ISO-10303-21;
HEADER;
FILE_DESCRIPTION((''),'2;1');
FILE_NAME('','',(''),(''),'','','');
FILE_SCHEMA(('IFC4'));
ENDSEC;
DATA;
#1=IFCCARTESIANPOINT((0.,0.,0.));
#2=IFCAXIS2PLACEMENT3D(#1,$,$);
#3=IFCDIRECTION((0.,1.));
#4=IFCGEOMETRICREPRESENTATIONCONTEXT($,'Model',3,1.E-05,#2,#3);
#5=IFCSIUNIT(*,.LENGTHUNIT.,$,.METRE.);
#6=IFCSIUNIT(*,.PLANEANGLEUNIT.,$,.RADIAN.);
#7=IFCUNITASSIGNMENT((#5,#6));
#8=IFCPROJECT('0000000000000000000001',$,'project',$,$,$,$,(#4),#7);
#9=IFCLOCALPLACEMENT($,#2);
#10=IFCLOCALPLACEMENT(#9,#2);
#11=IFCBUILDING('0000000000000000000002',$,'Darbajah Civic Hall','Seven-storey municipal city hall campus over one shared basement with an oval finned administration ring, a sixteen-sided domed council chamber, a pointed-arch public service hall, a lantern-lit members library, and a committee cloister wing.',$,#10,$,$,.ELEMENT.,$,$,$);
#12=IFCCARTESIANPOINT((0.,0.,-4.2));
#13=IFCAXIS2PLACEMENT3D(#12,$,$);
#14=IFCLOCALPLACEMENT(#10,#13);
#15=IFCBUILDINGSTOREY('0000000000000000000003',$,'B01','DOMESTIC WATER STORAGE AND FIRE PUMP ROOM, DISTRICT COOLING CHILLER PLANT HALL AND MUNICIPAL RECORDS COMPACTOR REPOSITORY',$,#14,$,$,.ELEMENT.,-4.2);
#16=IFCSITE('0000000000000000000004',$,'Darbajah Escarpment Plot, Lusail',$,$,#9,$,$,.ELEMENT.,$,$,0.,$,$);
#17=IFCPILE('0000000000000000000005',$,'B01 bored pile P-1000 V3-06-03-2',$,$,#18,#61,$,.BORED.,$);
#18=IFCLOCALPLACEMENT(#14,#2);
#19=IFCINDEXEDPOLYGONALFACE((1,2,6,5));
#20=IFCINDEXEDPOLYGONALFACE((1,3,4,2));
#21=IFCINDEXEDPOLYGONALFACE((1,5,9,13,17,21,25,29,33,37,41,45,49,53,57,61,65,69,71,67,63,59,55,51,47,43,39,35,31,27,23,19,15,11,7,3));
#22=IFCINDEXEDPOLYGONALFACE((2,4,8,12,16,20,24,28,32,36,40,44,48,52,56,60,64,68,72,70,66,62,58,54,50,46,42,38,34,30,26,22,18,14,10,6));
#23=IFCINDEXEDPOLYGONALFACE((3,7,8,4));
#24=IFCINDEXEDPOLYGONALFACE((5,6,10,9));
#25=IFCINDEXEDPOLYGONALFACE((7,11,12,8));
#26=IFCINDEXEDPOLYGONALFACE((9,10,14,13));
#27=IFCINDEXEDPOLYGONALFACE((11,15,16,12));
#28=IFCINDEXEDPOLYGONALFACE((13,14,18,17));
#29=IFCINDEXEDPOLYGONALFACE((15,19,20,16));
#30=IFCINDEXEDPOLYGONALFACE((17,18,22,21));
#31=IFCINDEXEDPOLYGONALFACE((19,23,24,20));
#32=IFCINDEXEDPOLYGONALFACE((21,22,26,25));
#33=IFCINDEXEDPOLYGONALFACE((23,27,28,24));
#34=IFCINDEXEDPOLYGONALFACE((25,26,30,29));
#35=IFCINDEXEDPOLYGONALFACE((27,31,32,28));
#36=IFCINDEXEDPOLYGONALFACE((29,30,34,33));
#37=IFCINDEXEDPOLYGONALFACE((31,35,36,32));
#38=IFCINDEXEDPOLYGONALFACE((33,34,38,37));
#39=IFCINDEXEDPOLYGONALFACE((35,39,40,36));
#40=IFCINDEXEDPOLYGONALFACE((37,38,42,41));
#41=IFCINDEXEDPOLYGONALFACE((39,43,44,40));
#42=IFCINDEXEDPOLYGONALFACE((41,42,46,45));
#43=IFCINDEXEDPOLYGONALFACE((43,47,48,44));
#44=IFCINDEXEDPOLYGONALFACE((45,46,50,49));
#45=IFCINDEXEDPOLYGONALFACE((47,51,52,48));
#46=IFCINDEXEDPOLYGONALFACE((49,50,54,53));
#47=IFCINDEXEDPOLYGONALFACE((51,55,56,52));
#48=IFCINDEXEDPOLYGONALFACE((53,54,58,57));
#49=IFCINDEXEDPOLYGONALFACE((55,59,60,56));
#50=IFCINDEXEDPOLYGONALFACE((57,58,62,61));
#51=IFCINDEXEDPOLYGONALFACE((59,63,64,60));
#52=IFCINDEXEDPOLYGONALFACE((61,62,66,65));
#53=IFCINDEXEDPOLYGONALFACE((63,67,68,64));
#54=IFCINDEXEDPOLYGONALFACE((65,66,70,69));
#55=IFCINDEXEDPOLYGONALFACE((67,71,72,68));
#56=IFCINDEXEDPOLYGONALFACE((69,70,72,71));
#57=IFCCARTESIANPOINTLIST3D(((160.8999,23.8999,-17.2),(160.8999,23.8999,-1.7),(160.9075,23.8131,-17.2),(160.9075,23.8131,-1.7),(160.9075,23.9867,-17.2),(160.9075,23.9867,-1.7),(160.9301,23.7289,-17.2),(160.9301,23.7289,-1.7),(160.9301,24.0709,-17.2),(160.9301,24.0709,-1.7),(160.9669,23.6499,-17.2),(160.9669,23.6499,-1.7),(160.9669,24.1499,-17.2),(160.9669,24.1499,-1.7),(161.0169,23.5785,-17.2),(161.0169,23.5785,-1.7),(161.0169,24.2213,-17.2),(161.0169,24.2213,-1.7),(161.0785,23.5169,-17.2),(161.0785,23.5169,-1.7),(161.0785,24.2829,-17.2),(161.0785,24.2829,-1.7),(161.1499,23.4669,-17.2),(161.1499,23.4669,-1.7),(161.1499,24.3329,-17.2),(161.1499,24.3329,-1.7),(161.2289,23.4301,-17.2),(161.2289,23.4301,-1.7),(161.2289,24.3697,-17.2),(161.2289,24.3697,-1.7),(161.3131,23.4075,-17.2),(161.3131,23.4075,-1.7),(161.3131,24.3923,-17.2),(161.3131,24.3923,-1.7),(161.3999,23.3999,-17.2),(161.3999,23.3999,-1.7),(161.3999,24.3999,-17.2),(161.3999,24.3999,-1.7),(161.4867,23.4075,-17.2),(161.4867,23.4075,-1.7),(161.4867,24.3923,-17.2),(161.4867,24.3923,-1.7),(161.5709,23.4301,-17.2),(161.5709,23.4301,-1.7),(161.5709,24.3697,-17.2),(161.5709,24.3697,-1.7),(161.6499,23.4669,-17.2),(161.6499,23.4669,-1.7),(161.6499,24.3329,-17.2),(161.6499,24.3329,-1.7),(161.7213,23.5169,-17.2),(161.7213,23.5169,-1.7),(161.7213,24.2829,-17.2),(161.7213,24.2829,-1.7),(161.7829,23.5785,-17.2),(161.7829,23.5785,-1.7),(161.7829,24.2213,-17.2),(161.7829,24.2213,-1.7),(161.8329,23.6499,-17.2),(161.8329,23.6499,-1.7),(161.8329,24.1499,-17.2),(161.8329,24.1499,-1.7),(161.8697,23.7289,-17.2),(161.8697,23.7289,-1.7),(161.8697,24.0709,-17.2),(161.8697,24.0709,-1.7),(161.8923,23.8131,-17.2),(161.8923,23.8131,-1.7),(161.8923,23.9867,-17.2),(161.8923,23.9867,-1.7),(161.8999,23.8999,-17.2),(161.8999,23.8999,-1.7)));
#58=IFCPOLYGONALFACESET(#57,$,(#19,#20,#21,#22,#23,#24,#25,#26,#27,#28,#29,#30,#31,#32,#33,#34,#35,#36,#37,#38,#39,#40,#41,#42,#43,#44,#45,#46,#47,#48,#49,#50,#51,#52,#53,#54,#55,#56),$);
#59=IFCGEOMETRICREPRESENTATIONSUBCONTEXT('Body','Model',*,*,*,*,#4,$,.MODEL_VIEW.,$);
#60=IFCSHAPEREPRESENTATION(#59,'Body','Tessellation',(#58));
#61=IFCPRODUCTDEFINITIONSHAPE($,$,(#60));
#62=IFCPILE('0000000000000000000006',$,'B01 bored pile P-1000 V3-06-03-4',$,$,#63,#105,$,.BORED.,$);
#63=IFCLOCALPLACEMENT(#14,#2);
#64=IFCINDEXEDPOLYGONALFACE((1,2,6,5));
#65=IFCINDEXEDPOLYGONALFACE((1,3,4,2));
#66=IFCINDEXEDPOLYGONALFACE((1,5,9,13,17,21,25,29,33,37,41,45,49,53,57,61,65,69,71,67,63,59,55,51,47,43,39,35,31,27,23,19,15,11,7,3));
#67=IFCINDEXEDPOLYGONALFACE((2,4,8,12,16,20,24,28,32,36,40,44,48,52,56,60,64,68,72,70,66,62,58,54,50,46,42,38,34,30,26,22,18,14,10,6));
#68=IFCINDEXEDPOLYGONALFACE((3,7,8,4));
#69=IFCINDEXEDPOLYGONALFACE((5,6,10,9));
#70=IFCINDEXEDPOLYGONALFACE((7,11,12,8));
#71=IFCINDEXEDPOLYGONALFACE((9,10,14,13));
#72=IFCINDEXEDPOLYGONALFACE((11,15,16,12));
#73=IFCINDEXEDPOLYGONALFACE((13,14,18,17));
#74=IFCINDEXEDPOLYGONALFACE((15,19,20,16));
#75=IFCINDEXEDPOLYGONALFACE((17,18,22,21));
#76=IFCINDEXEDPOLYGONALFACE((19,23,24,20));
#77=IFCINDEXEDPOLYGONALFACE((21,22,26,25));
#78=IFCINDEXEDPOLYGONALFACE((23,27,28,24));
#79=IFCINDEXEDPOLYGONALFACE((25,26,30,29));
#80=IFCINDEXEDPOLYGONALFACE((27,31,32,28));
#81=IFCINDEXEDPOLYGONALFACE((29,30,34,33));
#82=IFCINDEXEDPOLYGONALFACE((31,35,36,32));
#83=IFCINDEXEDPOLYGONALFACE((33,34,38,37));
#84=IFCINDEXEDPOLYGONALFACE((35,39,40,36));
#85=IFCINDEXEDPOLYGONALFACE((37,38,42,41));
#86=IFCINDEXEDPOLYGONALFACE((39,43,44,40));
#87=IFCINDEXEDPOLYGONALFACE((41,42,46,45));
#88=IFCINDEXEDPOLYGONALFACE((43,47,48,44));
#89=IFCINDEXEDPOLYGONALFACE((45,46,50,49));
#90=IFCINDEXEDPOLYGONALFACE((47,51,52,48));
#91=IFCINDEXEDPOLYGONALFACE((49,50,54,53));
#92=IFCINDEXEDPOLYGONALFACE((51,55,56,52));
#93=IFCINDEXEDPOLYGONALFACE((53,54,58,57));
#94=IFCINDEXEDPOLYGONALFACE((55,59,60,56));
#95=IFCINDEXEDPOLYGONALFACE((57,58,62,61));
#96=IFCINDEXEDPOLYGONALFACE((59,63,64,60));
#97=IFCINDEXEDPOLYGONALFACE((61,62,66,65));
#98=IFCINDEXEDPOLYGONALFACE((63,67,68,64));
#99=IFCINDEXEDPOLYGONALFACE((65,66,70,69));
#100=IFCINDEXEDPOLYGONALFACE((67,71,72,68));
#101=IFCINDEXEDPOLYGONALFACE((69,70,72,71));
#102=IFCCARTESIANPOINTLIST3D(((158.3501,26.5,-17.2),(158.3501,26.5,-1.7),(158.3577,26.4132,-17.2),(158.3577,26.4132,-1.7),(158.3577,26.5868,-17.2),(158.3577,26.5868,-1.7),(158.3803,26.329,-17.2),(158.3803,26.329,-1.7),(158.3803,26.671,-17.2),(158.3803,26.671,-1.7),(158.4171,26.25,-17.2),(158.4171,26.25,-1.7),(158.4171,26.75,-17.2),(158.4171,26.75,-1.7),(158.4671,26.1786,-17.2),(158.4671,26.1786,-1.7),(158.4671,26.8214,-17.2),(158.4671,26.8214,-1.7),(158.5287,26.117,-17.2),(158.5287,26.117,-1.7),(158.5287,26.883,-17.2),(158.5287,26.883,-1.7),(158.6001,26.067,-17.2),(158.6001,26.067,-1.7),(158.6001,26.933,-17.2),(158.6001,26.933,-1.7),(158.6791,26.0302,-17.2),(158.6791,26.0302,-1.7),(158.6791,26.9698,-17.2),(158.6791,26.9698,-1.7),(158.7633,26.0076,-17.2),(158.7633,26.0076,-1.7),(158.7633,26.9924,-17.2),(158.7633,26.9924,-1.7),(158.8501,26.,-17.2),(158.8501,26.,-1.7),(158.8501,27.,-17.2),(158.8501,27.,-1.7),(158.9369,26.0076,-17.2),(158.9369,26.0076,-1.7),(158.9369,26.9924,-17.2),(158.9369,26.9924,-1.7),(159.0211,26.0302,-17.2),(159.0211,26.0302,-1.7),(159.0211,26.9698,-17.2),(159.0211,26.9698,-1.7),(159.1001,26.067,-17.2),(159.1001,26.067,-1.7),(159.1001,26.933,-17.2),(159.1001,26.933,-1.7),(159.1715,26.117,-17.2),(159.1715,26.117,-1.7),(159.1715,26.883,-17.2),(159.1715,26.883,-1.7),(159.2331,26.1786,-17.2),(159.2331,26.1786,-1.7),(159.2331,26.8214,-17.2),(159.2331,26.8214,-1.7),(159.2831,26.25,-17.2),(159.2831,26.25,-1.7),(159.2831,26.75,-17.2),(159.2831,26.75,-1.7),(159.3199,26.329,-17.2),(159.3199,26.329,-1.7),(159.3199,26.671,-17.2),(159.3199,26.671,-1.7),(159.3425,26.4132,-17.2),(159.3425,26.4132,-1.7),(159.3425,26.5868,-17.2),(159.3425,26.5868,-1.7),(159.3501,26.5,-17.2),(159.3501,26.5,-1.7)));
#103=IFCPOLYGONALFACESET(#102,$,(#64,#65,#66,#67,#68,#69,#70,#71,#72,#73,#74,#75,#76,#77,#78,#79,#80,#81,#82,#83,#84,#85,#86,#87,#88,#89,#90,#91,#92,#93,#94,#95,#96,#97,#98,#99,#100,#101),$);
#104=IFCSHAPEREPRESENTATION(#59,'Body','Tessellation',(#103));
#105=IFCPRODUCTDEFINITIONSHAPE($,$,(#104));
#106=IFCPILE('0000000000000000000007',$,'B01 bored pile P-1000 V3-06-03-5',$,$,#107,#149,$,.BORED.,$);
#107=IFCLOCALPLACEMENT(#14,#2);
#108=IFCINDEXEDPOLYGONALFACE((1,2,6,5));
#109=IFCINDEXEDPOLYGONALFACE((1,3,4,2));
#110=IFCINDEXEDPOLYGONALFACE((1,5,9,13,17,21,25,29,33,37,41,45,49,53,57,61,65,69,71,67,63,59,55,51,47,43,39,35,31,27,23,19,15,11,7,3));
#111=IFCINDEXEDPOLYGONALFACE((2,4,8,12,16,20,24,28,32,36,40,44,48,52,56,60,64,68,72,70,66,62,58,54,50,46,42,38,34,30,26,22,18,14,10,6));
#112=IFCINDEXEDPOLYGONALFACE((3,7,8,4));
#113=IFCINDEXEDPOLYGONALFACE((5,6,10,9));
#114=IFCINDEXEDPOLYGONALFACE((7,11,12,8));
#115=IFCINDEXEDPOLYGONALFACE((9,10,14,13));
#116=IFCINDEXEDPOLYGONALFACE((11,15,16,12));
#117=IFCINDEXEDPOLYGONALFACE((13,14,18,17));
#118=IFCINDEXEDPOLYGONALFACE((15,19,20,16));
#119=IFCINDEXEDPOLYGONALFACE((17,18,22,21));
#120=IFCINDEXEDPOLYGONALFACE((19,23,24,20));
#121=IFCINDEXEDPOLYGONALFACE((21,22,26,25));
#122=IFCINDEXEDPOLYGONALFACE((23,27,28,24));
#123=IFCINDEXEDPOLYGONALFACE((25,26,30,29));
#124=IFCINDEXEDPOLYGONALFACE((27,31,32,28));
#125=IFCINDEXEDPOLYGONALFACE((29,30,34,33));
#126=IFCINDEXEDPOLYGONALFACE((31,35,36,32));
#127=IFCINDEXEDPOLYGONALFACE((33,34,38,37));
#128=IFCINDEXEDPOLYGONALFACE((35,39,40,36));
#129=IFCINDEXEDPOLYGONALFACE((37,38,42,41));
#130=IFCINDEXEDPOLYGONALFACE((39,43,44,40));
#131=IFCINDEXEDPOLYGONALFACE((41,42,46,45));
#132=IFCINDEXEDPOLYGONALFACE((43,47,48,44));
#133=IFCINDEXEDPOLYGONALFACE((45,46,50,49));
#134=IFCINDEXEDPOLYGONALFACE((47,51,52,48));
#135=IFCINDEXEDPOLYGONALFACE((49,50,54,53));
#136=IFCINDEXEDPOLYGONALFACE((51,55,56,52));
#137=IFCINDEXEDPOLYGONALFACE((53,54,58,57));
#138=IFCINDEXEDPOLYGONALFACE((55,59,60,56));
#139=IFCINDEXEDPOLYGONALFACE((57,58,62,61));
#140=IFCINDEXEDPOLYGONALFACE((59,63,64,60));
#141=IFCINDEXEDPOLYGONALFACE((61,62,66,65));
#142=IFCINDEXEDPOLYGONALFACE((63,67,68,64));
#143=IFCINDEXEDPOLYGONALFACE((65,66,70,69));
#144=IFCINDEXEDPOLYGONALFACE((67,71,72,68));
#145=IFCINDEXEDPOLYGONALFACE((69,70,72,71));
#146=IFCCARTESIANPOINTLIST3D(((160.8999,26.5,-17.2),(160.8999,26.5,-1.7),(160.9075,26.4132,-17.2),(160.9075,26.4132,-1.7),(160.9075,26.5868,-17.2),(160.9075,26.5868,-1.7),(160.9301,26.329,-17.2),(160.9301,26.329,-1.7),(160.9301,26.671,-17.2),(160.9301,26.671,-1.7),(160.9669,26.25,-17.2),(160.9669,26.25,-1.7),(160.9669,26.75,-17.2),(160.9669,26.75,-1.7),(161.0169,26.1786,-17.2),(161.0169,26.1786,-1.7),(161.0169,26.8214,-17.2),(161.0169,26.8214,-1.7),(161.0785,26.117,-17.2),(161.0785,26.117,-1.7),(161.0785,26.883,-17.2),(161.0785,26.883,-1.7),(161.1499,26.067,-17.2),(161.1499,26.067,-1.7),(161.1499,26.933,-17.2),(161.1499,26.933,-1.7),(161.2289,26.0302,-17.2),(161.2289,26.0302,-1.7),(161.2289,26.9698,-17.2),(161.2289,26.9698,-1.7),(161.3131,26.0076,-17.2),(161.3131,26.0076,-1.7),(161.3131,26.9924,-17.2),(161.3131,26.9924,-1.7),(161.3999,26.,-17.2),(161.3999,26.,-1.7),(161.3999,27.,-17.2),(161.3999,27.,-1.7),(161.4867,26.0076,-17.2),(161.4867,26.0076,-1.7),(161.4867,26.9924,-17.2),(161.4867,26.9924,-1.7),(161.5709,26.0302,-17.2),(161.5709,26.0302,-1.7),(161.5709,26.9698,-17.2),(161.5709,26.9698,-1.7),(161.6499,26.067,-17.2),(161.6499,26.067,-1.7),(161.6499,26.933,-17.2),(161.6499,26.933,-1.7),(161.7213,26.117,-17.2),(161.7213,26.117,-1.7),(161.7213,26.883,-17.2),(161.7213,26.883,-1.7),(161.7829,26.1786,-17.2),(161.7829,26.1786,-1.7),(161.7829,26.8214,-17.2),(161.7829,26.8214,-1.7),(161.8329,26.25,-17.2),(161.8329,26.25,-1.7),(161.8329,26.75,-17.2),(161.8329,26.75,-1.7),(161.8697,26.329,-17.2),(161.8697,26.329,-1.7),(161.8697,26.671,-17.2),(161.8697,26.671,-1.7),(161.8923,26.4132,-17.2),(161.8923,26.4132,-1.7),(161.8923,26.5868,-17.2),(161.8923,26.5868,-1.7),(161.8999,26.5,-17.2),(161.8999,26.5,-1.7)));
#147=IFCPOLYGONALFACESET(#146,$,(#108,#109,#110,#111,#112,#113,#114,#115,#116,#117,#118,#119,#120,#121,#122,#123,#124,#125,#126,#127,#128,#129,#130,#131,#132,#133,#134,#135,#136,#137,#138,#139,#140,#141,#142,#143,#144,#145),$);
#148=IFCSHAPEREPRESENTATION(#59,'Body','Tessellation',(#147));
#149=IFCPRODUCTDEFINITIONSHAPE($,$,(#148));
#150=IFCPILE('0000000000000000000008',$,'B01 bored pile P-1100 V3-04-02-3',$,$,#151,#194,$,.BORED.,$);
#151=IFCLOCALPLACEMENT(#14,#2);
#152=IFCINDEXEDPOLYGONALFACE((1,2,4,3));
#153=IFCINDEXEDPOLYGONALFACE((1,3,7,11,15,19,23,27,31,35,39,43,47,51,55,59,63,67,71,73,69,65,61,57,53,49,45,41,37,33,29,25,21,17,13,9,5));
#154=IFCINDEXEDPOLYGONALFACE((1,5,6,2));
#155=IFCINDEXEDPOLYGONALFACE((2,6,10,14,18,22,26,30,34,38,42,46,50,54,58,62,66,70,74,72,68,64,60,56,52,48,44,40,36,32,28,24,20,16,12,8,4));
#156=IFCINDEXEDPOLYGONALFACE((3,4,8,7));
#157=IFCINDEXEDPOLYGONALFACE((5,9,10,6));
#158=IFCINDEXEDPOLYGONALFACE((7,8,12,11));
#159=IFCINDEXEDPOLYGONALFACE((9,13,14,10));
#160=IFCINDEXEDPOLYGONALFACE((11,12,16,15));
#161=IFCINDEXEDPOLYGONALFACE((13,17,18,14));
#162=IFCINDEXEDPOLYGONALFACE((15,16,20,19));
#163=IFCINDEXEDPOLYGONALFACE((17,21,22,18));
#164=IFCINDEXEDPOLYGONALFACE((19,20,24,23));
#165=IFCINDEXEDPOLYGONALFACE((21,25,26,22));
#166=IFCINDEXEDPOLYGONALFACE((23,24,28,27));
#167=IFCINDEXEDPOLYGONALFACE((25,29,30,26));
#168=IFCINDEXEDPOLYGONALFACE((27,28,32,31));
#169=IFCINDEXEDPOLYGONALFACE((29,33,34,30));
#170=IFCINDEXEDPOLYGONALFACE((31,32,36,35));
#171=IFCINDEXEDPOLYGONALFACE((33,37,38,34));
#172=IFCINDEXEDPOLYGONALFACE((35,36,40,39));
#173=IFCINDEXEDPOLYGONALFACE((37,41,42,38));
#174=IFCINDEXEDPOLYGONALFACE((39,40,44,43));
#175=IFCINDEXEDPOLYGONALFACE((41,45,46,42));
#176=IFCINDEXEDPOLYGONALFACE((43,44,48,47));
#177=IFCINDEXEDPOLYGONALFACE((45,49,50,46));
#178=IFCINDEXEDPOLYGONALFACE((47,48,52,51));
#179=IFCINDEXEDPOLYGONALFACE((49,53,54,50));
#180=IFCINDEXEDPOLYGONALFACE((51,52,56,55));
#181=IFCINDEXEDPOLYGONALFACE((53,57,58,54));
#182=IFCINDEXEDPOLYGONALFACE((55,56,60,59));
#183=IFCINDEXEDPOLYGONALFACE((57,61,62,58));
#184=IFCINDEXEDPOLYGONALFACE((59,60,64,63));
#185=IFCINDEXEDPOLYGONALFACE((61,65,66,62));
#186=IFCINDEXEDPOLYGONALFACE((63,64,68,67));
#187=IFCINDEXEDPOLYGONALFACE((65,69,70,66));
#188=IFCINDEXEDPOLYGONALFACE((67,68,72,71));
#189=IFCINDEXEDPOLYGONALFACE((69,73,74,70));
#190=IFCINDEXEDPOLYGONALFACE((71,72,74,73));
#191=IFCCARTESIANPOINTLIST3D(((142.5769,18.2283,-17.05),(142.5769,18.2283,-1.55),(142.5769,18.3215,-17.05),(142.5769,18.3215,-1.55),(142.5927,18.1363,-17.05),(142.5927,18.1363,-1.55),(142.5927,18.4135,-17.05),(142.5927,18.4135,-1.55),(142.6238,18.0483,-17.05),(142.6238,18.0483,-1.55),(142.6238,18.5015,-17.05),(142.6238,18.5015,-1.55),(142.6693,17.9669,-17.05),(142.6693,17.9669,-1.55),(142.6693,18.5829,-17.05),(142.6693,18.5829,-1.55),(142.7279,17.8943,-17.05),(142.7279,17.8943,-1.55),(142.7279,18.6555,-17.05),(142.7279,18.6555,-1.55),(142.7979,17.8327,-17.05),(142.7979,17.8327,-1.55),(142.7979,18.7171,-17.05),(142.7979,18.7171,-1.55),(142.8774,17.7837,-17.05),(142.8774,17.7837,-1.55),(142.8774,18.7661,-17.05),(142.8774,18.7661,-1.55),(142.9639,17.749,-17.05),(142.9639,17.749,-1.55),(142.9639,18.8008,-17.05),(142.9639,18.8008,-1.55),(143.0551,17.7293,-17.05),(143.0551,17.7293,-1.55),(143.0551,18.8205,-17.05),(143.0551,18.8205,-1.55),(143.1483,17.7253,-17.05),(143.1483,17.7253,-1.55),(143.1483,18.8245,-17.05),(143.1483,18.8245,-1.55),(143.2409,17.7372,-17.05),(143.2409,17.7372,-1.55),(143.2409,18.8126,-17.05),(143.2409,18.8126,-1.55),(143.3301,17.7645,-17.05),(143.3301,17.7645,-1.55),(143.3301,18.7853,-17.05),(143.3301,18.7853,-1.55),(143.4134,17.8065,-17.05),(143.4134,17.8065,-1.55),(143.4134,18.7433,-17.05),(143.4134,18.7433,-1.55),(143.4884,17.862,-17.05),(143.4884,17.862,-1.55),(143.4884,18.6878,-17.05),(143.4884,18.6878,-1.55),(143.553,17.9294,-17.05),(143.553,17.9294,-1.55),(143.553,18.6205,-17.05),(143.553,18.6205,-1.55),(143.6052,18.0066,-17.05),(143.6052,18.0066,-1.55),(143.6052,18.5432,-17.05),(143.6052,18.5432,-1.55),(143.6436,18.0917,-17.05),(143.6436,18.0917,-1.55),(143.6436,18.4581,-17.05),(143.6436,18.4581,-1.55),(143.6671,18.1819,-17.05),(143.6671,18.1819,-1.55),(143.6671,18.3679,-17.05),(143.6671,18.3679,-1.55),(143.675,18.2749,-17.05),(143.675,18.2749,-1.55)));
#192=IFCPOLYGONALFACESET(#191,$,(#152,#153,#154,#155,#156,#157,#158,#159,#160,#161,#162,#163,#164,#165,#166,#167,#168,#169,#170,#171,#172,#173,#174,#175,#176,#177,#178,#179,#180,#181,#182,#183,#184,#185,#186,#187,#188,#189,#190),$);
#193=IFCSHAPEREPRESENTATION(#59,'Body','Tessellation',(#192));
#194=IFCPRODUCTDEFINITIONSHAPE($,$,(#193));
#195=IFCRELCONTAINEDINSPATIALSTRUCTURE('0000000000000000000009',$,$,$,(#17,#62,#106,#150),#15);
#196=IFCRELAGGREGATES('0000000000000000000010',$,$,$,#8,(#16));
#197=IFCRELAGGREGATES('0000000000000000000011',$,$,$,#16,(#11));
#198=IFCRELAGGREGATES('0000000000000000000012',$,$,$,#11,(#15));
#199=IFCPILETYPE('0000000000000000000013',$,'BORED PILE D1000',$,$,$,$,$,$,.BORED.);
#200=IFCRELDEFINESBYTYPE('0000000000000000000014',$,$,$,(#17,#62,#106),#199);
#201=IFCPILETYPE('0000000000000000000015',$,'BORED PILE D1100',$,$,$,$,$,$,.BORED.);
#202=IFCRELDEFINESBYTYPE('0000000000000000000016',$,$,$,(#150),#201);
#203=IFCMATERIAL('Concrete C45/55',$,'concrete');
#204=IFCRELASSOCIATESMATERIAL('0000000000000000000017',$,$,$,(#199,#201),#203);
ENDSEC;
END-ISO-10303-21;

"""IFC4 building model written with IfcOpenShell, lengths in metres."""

from ifc_helpers import new_model, si_unit, direction, frame, origin, origin_2d, place, context, subcontext, project, spatial, circle, extrude, material, material_profile, profile_set, type_object, element, save


model = new_model("IFC4")

# Units and contexts
model_context = context("Model", 3, precision=1e-05, world=origin(), true_north=direction((0.0, 1.0)))
body_context = subcontext(model_context, "Body", "Model", "MODEL_VIEW")
ifc_project = project(units=[si_unit("LENGTHUNIT", "METRE"), si_unit("PLANEANGLEUNIT", "RADIAN")], contexts=[model_context])

# Site, building, storey
site_placement = place(None, origin())
site = spatial("IfcSite", under=ifc_project, at=site_placement, Name="Darbajah Escarpment Plot, Lusail", CompositionType="ELEMENT", RefElevation=0.0)
building_placement = place(site_placement, origin())
building = spatial("IfcBuilding", under=site, at=building_placement, Name="Darbajah Civic Hall", Description="Seven-storey municipal city hall campus over one shared basement with an oval finned administration ring, a sixteen-sided domed council chamber, a pointed-arch public service hall, a lantern-lit members library, and a committee cloister wing.", CompositionType="ELEMENT")
storey_placement = place(building_placement, frame((0.0, 0.0, -4.2)))
storey = spatial("IfcBuildingStorey", under=building, at=storey_placement, Name="B01", Description="DOMESTIC WATER STORAGE AND FIRE PUMP ROOM, DISTRICT COOLING CHILLER PLANT HALL AND MUNICIPAL RECORDS COMPACTOR REPOSITORY", CompositionType="ELEMENT", Elevation=-4.2)

# Piles
ifc_material_1 = material(Name="Concrete C45/55", Category="concrete")
ifc_material_profile_1 = material_profile(ifc_material_1, circle(Radius=0.5, at=origin_2d()), Name="BORED PILE D1000")
ifc_profile_set_1 = profile_set([ifc_material_profile_1], Name="Concrete C45/55")
pile_type_1 = type_object("IfcPileType", Name="BORED PILE D1000", PredefinedType="BORED", material=ifc_profile_set_1)
for number, where, z_axis, x_axis, name in (
    (1, (161.3999, 23.8999, -1.7), (0.0, 0.0, -1.0), (1.0, 0.0, 0.0), "B01 bored pile P-1000 V3-06-03-2"),
    (2, (158.8501, 26.5, -1.7), (0.0, 0.0, -1.0), (1.0, 0.0, 0.0), "B01 bored pile P-1000 V3-06-03-4"),
    (3, (161.3999, 26.5, -1.7), (0.0, 0.0, -1.0), (1.0, 0.0, 0.0), "B01 bored pile P-1000 V3-06-03-5"),
):
    element("IfcPile", number, at=place(storey_placement, frame(where, z_axis=z_axis, x_axis=x_axis)), inside=storey, type_object=pile_type_1, Name=name, PredefinedType="BORED", context=body_context, shape_type="SweptSolid", body=[
        extrude(circle(Radius=0.5, at=origin_2d()), origin(), (0.0, 0.0, 1.0), 15.5),
    ])
ifc_material_profile_2 = material_profile(ifc_material_1, circle(Radius=0.55, at=origin_2d()), Name="BORED PILE D1100")
ifc_profile_set_2 = profile_set([ifc_material_profile_2], Name="Concrete C45/55")
pile_type_2 = type_object("IfcPileType", Name="BORED PILE D1100", PredefinedType="BORED", material=ifc_profile_set_2)
for number, where, z_axis, x_axis, name in (
    (4, (143.125, 18.2749, -1.55), (0.0, 0.0, -1.0), (1.0, 0.0, 0.0), "B01 bored pile P-1100 V3-04-02-3"),
):
    element("IfcPile", number, at=place(storey_placement, frame(where, z_axis=z_axis, x_axis=x_axis)), inside=storey, type_object=pile_type_2, Name=name, PredefinedType="BORED", context=body_context, shape_type="SweptSolid", body=[
        extrude(circle(Radius=0.55, at=origin_2d()), origin(), (0.0, 0.0, 1.0), 15.5),
    ])

save(model, "model.ifc")
